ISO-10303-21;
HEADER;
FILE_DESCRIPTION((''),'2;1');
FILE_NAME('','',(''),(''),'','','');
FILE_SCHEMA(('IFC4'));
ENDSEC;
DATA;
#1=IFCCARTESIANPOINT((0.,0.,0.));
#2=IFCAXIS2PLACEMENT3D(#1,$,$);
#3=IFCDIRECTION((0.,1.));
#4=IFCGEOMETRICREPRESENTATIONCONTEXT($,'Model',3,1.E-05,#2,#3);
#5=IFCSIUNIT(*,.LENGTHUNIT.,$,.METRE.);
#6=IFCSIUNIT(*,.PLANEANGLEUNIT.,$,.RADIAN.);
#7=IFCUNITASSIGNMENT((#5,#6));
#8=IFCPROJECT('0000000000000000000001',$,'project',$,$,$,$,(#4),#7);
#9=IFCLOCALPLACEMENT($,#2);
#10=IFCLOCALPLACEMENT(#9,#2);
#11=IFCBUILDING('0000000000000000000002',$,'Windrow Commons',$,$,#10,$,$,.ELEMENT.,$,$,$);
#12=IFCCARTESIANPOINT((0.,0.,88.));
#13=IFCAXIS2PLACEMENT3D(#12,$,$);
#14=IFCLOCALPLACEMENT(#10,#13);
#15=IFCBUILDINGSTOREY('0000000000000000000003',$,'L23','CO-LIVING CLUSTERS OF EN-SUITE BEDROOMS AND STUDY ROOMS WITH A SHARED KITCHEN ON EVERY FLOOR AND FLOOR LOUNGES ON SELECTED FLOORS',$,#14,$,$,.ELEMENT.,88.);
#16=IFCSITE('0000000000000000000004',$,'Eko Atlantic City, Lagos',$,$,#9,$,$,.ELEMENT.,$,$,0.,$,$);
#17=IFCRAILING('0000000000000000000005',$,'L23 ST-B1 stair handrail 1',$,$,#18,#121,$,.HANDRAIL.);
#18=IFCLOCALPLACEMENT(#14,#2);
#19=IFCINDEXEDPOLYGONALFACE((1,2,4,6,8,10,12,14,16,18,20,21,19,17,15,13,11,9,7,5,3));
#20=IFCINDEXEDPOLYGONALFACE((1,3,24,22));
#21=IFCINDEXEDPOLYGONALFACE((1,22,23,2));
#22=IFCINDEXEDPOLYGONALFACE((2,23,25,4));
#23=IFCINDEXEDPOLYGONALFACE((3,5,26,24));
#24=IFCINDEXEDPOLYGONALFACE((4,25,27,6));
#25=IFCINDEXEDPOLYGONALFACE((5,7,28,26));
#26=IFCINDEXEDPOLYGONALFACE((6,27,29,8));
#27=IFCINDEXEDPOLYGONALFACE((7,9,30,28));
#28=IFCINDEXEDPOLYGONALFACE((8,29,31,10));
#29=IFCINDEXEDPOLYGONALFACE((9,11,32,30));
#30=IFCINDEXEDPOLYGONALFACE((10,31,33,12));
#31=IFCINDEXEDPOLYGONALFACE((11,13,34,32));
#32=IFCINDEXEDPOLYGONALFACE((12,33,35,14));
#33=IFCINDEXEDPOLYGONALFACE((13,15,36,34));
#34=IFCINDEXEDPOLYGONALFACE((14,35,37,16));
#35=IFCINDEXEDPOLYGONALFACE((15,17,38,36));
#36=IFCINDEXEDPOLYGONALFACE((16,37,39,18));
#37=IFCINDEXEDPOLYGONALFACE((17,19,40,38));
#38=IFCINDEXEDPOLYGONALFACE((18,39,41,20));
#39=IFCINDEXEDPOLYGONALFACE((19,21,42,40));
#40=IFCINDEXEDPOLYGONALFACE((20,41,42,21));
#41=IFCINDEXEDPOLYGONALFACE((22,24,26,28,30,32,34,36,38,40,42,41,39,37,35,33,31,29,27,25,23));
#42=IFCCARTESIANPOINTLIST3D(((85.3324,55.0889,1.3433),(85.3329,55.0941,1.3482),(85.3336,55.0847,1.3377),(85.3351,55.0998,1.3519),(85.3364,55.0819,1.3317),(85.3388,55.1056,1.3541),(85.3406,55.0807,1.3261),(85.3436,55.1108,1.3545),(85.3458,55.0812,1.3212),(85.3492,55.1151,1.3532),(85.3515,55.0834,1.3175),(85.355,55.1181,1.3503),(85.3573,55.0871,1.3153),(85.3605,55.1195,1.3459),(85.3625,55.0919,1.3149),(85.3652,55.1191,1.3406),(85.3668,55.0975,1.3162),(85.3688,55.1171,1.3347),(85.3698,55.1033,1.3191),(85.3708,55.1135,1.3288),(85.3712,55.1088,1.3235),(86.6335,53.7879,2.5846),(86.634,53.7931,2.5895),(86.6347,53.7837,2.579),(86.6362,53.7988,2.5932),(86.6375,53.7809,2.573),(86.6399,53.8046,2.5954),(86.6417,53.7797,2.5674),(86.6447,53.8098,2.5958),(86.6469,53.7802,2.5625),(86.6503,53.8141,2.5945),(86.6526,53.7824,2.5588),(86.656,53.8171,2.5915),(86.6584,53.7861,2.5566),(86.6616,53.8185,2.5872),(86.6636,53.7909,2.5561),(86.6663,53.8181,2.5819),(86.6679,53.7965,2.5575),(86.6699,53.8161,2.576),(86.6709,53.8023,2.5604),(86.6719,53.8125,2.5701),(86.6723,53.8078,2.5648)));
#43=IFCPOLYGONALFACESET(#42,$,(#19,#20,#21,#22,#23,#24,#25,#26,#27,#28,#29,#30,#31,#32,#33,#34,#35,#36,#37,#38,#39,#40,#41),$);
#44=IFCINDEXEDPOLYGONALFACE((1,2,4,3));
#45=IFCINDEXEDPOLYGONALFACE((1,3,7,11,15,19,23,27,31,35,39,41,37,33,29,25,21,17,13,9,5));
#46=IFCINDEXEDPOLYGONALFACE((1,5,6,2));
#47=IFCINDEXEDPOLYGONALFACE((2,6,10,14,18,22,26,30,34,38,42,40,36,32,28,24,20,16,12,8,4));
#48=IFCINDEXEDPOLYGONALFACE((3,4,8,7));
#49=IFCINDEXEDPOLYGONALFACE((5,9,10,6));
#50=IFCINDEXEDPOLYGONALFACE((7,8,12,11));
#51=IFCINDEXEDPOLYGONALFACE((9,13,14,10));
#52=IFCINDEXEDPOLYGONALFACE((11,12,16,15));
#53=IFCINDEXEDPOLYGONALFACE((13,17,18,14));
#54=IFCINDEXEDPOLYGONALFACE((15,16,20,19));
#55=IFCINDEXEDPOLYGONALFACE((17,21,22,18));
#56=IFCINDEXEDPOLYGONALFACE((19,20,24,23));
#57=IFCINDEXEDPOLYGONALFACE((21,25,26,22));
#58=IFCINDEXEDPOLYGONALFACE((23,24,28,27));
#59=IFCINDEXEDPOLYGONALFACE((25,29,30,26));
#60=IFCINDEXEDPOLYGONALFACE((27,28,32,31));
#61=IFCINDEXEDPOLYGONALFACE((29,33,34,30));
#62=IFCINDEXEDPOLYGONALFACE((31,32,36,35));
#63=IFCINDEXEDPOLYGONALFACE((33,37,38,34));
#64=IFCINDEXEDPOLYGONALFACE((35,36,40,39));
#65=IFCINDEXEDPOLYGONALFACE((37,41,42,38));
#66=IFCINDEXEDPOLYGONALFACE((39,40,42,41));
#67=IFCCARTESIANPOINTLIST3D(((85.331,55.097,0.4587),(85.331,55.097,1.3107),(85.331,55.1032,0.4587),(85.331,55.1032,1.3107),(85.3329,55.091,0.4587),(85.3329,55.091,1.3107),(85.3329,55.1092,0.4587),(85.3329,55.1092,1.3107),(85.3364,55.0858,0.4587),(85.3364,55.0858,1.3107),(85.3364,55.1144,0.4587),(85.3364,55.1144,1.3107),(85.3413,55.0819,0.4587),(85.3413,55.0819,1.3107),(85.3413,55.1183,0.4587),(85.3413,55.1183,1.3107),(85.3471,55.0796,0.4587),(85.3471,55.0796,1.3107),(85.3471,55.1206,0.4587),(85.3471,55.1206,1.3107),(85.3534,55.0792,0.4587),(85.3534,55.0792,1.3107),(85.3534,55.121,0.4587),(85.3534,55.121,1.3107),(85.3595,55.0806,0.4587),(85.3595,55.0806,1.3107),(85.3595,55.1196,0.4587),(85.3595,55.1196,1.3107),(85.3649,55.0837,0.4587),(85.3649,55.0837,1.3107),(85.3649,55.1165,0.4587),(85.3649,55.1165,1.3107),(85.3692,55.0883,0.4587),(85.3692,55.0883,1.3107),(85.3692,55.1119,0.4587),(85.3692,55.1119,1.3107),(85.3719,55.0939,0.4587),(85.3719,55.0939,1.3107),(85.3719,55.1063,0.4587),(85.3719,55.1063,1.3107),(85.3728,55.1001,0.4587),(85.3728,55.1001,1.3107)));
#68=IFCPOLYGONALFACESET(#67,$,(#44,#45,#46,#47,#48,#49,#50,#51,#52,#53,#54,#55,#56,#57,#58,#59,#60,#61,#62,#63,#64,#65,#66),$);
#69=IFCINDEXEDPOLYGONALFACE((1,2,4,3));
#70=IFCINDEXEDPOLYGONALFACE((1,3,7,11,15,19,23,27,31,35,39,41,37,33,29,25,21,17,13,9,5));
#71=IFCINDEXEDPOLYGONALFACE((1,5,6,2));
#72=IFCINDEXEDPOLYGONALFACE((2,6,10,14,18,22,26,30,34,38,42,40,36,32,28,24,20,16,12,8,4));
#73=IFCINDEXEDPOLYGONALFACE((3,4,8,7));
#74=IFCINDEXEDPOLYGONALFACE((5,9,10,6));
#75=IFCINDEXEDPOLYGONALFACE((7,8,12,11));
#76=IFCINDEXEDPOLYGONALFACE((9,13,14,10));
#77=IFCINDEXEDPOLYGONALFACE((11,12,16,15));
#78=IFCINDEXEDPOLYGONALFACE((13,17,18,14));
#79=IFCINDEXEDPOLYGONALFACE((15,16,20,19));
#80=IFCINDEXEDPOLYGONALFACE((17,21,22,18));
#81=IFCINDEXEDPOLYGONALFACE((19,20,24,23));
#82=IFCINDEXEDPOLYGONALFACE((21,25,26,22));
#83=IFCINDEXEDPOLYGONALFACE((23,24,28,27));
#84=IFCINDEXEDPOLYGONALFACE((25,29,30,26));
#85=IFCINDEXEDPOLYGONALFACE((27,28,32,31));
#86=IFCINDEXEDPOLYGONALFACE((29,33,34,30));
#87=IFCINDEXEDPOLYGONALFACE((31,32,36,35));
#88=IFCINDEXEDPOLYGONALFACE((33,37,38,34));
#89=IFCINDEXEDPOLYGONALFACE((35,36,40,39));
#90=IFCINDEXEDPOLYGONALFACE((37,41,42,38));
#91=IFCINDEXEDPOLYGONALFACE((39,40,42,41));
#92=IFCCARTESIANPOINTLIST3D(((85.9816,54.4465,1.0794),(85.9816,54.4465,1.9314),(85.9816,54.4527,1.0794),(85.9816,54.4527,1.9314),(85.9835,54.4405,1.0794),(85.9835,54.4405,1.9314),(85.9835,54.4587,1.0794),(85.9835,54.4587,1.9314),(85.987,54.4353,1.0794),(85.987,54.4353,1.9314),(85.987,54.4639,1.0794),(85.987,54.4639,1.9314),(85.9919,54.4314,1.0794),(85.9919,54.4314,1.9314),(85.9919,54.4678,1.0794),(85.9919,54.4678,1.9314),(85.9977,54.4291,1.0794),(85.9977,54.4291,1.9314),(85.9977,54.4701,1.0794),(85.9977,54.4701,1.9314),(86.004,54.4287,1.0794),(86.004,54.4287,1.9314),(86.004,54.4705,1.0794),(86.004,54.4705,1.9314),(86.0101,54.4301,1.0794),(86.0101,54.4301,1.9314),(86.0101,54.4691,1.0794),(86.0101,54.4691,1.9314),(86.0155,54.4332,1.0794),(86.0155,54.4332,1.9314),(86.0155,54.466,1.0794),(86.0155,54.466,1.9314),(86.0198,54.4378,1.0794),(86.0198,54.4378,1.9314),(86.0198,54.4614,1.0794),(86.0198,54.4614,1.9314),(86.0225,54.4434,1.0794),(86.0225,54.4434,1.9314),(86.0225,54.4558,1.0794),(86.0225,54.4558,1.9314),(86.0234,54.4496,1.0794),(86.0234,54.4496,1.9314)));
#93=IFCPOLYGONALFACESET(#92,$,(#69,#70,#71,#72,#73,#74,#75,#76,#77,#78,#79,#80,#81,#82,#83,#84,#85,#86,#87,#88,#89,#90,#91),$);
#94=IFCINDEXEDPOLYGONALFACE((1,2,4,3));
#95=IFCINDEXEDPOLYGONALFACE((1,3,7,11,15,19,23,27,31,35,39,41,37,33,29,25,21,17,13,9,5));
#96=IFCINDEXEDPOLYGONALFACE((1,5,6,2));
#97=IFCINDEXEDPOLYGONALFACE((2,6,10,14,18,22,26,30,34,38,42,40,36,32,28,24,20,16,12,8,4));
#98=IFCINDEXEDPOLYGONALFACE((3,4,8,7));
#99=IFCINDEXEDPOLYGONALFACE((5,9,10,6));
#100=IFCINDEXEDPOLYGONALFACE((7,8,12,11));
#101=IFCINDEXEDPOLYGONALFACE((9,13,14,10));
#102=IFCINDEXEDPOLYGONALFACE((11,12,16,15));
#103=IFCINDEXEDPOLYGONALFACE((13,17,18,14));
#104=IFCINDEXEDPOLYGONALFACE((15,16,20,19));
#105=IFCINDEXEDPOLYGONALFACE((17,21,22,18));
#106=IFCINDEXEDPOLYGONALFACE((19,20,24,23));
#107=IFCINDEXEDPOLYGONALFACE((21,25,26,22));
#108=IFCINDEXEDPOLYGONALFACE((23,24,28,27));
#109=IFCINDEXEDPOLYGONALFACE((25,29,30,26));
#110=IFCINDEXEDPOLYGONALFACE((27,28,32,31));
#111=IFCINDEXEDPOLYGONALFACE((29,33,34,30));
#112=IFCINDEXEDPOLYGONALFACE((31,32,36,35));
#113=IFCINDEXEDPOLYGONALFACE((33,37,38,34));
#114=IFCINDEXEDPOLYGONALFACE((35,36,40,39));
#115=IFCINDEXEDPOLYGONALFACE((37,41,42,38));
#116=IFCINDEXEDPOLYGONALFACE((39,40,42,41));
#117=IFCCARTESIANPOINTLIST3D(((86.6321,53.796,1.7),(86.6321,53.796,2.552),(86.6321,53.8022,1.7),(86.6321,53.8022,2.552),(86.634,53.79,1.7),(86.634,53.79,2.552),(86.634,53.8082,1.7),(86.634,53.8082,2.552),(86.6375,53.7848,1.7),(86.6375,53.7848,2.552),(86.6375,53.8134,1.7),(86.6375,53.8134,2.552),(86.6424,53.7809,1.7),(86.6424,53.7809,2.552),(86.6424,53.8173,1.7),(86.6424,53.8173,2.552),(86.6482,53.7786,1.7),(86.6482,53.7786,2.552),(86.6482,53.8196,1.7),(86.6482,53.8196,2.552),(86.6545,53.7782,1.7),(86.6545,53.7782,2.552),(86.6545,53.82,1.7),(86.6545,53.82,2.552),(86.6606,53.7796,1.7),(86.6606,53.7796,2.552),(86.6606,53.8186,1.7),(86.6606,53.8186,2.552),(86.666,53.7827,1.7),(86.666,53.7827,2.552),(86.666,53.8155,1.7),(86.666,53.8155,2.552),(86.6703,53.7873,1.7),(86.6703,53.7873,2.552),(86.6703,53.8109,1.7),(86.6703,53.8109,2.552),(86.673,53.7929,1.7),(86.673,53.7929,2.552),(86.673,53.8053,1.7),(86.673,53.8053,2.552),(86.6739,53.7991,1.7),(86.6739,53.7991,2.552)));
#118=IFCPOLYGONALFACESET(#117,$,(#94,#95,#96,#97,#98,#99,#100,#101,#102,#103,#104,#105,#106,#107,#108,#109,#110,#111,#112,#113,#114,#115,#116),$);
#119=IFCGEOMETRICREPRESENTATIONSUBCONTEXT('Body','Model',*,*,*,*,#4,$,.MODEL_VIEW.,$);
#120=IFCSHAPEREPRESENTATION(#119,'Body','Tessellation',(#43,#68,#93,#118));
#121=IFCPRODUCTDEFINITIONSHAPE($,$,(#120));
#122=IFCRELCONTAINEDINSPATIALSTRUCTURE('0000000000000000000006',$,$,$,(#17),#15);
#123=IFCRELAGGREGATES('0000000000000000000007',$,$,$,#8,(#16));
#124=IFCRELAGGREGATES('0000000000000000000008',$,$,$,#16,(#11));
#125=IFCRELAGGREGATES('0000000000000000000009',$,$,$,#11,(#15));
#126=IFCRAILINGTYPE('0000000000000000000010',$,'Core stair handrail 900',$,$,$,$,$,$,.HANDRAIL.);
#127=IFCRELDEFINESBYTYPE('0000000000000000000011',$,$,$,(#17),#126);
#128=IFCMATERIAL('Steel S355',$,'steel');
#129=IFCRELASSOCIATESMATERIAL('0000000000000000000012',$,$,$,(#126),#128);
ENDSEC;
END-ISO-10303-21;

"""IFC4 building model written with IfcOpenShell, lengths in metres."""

from ifc_helpers import new_model, si_unit, direction, frame, origin, origin_2d, place, context, subcontext, project, spatial, circle, extrude, material, type_object, element, save


model = new_model("IFC4")

# Units and contexts
model_context = context("Model", 3, precision=1e-05, world=origin(), true_north=direction((0.0, 1.0)))
body_context = subcontext(model_context, "Body", "Model", "MODEL_VIEW")
ifc_project = project(units=[si_unit("LENGTHUNIT", "METRE"), si_unit("PLANEANGLEUNIT", "RADIAN")], contexts=[model_context])

# Site, building, storey
site_placement = place(None, origin())
site = spatial("IfcSite", under=ifc_project, at=site_placement, Name="Eko Atlantic City, Lagos", CompositionType="ELEMENT", RefElevation=0.0)
building_placement = place(site_placement, origin())
building = spatial("IfcBuilding", under=site, at=building_placement, Name="Windrow Commons", CompositionType="ELEMENT")
storey_placement = place(building_placement, frame((0.0, 0.0, 88.0)))
storey = spatial("IfcBuildingStorey", under=building, at=storey_placement, Name="L23", Description="CO-LIVING CLUSTERS OF EN-SUITE BEDROOMS AND STUDY ROOMS WITH A SHARED KITCHEN ON EVERY FLOOR AND FLOOR LOUNGES ON SELECTED FLOORS", CompositionType="ELEMENT", Elevation=88.0)

# Railing
ifc_material_1 = material(Name="Steel S355", Category="steel")
railing_type = type_object("IfcRailingType", Name="Core stair handrail 900", PredefinedType="HANDRAIL", material=ifc_material_1)
railing_placement = place(storey_placement, frame((85.3518, 55.1001, 0.4587)))
element("IfcRailing", 1, at=railing_placement, inside=storey, type_object=railing_type, Name="L23 ST-B1 stair handrail 1", PredefinedType="HANDRAIL", context=body_context, shape_type="SweptSolid", body=[
    extrude(circle(Radius=0.024, at=origin_2d()), frame((0.0, 0.0, 0.876), z_axis=(0.586207, -0.586162, 0.559264), x_axis=(0.70708, 0.707134, 0.0)), (0.0, 0.0, 1.0), 2.2195),
    extrude(circle(Radius=0.021, at=origin_2d()), origin(), (0.0, 0.0, 1.0), 0.852),
    extrude(circle(Radius=0.021, at=origin_2d()), frame((0.6506, -0.6505, 0.6207)), (0.0, 0.0, 1.0), 0.852),
    extrude(circle(Radius=0.021, at=origin_2d()), frame((1.3011, -1.301, 1.2413)), (0.0, 0.0, 1.0), 0.852),
])

save(model, "model.ifc")
